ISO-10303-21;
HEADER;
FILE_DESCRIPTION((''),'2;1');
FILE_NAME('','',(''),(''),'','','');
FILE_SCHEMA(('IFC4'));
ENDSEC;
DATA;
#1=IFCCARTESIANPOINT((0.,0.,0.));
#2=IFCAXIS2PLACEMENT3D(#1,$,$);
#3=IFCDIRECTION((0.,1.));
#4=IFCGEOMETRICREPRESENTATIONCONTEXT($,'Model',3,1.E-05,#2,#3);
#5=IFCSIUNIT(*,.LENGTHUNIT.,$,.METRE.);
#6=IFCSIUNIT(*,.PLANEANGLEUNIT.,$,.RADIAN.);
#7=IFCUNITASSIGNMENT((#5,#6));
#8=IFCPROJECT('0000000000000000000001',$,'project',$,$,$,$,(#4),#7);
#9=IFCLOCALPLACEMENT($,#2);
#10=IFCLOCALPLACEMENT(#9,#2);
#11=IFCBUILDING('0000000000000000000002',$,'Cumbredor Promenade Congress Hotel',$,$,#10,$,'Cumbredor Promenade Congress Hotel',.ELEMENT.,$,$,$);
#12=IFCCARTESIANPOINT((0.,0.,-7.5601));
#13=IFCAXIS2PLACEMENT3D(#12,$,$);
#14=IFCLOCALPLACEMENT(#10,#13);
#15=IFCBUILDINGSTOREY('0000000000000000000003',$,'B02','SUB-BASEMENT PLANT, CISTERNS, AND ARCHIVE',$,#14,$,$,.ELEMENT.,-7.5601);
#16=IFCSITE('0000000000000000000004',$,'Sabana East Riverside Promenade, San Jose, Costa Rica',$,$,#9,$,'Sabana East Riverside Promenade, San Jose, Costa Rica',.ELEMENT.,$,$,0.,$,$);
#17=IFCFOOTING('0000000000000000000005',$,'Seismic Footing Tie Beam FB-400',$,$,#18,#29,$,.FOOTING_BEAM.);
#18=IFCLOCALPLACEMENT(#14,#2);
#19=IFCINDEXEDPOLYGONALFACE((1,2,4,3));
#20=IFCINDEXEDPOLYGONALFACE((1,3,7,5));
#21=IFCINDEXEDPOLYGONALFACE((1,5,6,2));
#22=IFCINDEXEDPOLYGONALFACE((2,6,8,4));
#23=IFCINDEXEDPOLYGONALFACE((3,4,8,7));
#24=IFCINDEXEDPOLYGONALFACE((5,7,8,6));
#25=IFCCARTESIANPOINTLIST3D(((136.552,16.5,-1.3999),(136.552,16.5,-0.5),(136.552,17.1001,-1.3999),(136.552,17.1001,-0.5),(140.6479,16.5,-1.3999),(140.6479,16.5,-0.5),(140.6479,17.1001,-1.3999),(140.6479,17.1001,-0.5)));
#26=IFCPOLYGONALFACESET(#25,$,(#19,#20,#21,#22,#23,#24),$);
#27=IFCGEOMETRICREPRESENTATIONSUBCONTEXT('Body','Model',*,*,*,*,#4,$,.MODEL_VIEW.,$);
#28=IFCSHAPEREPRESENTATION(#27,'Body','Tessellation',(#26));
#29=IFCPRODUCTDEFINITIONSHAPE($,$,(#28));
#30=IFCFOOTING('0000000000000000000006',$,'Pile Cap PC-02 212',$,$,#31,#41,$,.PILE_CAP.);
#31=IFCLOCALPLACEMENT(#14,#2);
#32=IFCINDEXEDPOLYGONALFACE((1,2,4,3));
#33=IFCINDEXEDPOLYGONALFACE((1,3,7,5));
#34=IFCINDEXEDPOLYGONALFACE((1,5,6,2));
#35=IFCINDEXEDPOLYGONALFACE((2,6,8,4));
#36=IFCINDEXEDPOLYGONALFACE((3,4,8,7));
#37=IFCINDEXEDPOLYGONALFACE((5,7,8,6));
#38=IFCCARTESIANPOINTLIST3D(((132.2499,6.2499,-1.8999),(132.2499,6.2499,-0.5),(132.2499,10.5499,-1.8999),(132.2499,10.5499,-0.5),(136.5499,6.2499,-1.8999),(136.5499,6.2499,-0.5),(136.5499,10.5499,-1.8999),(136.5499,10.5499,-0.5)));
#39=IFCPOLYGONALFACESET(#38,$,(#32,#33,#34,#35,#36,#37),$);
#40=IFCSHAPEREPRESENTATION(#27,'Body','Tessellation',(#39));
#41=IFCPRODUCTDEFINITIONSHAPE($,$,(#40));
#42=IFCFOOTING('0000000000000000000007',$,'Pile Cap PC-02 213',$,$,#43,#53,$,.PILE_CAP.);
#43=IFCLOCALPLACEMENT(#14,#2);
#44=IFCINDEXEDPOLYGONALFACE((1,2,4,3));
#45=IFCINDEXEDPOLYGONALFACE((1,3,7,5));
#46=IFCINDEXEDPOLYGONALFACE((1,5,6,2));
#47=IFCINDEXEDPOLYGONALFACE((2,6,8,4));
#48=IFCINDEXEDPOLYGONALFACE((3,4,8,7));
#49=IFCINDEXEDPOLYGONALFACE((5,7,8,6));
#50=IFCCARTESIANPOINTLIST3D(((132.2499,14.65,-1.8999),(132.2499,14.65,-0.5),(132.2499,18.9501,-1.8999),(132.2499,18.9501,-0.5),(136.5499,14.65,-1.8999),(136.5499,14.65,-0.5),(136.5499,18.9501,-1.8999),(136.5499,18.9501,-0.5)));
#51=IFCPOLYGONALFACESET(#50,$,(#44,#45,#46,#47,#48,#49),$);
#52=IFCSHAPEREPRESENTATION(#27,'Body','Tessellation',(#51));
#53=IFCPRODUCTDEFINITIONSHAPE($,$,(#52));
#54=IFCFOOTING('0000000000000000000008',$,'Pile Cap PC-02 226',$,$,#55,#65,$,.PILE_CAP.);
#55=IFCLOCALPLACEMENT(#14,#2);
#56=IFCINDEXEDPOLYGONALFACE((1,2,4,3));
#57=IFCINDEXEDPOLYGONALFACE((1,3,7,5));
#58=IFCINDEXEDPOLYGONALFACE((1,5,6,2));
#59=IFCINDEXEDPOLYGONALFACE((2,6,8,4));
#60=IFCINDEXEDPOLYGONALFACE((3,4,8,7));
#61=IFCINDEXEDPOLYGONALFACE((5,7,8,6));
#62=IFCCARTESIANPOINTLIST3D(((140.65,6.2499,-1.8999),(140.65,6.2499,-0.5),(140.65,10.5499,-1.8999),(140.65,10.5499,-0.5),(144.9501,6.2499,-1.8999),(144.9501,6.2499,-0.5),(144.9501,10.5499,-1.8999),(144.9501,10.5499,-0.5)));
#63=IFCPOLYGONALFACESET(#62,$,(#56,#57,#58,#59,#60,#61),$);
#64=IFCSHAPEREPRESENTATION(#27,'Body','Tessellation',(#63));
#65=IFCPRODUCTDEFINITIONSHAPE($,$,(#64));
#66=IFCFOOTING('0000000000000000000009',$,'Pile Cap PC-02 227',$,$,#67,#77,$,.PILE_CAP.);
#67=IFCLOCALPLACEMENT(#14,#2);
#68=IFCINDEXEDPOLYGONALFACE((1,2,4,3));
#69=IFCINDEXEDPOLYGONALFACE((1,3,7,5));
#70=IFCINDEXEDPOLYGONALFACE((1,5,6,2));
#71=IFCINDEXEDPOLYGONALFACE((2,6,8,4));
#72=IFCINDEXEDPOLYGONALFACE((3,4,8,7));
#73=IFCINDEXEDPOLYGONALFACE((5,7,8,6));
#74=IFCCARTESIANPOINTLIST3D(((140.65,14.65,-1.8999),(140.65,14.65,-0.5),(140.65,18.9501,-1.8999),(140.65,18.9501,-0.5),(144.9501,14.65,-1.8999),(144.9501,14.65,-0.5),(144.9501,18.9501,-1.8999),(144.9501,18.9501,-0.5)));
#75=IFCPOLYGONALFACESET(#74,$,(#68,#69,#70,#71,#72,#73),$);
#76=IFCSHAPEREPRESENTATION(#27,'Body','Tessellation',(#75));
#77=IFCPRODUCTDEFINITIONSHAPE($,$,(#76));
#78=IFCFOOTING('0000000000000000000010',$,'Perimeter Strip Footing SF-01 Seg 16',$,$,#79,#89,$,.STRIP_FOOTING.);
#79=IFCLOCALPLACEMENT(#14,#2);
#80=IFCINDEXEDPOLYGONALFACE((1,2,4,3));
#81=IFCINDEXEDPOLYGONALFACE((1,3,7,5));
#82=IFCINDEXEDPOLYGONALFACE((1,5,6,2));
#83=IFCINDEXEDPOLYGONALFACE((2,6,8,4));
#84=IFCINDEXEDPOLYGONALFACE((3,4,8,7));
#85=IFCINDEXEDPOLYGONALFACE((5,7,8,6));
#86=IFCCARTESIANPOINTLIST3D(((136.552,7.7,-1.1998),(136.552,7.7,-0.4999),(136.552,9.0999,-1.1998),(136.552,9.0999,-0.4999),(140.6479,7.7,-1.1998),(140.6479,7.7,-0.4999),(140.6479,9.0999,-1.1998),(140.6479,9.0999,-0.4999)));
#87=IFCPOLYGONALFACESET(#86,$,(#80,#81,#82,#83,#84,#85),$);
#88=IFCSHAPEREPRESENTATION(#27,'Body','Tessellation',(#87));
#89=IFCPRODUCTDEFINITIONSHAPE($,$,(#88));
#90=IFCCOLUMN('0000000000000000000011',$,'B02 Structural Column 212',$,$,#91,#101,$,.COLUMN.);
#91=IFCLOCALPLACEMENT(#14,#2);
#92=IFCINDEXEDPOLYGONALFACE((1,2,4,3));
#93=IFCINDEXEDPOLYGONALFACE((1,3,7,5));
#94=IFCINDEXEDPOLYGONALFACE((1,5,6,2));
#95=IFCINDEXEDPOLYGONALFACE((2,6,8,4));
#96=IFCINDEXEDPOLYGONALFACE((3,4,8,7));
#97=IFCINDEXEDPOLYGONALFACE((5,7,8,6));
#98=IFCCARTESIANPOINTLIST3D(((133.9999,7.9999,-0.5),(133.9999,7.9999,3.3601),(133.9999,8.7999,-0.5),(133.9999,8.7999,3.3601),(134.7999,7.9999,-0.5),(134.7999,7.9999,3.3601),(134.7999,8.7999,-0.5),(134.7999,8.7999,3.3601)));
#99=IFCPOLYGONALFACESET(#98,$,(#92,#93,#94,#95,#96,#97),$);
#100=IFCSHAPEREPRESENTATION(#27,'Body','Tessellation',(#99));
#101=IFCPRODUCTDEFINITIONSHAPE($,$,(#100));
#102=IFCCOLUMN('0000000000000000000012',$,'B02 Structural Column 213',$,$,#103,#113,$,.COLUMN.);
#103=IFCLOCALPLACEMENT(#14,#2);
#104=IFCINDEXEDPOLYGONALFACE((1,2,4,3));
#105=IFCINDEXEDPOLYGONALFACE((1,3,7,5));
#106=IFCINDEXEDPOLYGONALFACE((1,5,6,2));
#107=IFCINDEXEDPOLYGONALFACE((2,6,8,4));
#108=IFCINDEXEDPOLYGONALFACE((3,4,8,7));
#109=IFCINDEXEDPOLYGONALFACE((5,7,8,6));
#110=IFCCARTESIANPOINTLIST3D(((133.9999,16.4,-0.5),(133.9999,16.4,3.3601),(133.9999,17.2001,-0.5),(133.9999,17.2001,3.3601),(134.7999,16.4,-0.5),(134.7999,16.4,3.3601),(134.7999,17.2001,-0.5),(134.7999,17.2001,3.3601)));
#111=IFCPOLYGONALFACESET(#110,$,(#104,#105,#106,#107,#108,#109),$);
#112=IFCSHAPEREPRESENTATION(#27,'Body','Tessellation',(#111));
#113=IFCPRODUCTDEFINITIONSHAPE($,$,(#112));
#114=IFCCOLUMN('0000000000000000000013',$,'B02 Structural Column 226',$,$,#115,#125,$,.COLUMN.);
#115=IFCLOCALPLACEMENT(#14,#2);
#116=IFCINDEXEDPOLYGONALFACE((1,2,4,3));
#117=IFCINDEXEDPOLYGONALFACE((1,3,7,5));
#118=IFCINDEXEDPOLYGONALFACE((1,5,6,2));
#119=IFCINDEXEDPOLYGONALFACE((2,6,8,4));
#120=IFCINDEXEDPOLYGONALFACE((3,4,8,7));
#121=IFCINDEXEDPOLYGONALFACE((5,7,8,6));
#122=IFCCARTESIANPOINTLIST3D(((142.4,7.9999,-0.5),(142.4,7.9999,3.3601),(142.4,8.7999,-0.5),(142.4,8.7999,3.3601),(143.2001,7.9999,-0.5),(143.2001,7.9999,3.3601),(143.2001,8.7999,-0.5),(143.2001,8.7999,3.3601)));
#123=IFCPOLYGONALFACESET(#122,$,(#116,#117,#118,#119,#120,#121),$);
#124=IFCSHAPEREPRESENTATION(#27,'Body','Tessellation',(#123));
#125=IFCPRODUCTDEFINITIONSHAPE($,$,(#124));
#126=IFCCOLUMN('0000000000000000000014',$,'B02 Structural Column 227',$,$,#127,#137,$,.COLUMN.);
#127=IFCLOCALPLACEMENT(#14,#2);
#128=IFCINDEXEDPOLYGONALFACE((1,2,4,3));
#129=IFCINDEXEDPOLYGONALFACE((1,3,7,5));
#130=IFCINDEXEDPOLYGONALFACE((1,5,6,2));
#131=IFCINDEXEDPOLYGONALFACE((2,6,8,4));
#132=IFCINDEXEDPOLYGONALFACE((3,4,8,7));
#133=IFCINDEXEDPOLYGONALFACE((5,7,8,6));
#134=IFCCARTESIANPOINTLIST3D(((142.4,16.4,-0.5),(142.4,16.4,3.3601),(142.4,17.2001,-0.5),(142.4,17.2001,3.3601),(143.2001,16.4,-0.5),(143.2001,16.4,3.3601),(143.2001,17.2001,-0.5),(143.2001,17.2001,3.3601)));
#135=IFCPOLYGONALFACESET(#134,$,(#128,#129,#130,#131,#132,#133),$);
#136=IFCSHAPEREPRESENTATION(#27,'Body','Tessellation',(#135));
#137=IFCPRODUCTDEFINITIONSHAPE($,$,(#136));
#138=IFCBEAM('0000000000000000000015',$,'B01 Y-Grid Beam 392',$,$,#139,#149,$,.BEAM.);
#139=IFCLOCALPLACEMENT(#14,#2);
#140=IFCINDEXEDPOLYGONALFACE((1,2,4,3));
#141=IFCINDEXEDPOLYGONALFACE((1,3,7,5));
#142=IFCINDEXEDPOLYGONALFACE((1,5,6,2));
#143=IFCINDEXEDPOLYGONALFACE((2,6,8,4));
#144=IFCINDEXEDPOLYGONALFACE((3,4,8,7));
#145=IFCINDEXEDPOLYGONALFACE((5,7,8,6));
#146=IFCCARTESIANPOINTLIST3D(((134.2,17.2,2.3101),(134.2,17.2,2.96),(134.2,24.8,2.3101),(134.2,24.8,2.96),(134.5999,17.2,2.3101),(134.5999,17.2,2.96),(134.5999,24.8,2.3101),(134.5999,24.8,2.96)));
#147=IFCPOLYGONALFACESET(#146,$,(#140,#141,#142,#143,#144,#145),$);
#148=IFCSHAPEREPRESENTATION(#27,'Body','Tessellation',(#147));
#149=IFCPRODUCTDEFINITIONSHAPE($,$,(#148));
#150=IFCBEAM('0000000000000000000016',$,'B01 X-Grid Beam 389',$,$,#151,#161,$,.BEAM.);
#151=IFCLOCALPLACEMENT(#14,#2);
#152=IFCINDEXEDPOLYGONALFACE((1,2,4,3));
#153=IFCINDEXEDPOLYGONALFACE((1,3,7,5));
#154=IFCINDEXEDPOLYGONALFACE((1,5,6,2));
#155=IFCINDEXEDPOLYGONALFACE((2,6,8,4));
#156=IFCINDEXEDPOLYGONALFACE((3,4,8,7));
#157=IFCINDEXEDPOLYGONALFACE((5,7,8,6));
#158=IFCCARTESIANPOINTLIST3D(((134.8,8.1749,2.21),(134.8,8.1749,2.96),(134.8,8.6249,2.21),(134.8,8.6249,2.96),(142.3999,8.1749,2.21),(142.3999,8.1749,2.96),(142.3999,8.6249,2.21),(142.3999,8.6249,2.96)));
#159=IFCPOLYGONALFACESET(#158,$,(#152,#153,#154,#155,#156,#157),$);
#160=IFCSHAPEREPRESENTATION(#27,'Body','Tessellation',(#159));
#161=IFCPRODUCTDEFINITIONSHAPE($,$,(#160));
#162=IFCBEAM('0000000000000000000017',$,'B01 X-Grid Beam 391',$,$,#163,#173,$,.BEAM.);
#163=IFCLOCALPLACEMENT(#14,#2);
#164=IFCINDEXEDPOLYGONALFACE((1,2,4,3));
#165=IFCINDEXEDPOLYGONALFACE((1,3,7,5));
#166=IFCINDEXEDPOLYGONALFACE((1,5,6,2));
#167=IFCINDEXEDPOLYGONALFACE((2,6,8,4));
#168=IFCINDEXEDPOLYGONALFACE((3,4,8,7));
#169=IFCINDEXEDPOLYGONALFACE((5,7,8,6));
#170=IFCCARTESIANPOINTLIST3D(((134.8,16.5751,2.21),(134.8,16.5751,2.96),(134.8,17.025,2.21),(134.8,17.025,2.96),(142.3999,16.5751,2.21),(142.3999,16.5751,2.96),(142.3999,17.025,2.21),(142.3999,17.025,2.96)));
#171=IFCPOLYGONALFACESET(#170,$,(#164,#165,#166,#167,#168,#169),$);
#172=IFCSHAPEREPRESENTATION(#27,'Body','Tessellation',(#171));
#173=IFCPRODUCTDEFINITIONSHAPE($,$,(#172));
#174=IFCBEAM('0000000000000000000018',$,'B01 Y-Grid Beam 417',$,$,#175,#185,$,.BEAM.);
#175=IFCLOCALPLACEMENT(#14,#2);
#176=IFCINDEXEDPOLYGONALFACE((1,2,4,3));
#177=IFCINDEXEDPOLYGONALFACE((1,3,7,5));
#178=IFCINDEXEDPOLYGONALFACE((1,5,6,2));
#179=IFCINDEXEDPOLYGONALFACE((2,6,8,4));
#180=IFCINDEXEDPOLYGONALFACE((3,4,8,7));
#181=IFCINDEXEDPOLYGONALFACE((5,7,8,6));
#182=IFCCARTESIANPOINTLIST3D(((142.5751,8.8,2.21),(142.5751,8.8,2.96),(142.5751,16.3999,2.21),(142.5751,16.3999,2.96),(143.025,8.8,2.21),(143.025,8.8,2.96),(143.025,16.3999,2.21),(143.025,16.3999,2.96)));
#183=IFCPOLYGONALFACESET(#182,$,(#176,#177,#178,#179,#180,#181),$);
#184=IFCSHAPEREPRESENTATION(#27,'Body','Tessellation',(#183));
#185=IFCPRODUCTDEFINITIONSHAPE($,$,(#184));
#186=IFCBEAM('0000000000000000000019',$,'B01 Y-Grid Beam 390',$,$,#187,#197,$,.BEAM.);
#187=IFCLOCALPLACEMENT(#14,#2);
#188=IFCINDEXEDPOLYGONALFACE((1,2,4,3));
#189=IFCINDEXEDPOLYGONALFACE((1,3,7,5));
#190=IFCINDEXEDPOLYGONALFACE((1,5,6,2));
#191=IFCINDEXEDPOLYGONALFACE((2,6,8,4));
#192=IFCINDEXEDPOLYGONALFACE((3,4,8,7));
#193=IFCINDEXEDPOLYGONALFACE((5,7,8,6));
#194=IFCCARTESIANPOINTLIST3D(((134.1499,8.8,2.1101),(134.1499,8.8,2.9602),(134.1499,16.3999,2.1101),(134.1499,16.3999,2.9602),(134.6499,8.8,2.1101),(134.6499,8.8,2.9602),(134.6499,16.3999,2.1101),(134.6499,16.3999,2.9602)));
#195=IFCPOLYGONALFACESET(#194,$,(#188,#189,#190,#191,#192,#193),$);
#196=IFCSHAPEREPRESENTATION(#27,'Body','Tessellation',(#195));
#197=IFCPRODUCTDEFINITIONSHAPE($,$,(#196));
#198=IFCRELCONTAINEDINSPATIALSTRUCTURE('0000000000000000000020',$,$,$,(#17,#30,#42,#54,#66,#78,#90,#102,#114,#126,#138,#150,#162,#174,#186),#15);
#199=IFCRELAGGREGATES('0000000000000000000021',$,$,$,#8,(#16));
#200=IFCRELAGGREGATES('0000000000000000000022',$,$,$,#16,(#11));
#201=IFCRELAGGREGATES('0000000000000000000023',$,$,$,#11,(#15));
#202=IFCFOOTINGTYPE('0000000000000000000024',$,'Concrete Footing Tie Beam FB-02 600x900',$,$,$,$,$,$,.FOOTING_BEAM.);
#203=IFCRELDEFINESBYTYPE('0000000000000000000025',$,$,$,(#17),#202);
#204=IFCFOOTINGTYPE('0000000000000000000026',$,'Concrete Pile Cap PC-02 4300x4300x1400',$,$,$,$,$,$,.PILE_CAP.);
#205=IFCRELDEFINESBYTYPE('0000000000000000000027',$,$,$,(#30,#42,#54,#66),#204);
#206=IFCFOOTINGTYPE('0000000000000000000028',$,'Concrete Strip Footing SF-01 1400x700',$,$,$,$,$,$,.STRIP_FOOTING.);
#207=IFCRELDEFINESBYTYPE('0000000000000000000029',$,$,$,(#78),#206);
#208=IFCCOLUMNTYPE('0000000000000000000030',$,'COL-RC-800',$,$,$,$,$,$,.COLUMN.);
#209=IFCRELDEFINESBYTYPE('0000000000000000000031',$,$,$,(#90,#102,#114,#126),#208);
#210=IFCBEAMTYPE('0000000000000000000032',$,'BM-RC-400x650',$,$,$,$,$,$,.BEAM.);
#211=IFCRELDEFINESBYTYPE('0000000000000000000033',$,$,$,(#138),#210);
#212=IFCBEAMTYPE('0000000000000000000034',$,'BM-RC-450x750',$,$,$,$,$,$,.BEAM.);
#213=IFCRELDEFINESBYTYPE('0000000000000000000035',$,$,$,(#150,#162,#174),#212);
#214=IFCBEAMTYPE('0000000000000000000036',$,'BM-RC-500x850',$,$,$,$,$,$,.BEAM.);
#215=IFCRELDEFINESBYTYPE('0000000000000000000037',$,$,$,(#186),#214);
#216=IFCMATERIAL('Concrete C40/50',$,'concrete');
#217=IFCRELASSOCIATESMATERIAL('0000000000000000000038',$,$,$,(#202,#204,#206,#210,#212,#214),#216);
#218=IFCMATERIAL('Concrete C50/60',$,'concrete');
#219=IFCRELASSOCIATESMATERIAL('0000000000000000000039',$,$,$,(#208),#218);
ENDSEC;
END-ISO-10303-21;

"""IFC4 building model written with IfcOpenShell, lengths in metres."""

from ifc_helpers import new_model, si_unit, direction, frame, origin, origin_2d, place, context, subcontext, project, spatial, rectangle, extrude, material, material_profile, profile_set, type_object, element, save


model = new_model("IFC4")

# Units and contexts
model_context = context("Model", 3, precision=1e-05, world=origin(), true_north=direction((0.0, 1.0)))
body_context = subcontext(model_context, "Body", "Model", "MODEL_VIEW")
ifc_project = project(units=[si_unit("LENGTHUNIT", "METRE"), si_unit("PLANEANGLEUNIT", "RADIAN")], contexts=[model_context])

# Site, building, storey
site_placement = place(None, origin())
site = spatial("IfcSite", under=ifc_project, at=site_placement, Name="Sabana East Riverside Promenade, San Jose, Costa Rica", LongName="Sabana East Riverside Promenade, San Jose, Costa Rica", CompositionType="ELEMENT", RefElevation=0.0)
building_placement = place(site_placement, origin())
building = spatial("IfcBuilding", under=site, at=building_placement, Name="Cumbredor Promenade Congress Hotel", LongName="Cumbredor Promenade Congress Hotel", CompositionType="ELEMENT")
storey_placement = place(building_placement, frame((0.0, 0.0, -7.5601)))
storey = spatial("IfcBuildingStorey", under=building, at=storey_placement, Name="B02", Description="SUB-BASEMENT PLANT, CISTERNS, AND ARCHIVE", CompositionType="ELEMENT", Elevation=-7.5601)

# Shared definitions
ifc_material_1 = material(Name="Concrete C40/50", Category="concrete")

# Footings
ifc_material_profile_1 = material_profile(ifc_material_1, rectangle(XDim=0.6001, YDim=0.8999, at=origin_2d()), Name="FB 600x900")
ifc_profile_set_1 = profile_set([ifc_material_profile_1], Name="Concrete C40/50")
footing_type_1 = type_object("IfcFootingType", Name="Concrete Footing Tie Beam FB-02 600x900", PredefinedType="FOOTING_BEAM", material=ifc_profile_set_1)
footing_1_placement = place(storey_placement, frame((136.552, 16.8, -0.95), z_axis=(1.0, 0.0, 0.0), x_axis=(0.0, 1.0, 0.0)))
element("IfcFooting", 1, at=footing_1_placement, inside=storey, type_object=footing_type_1, Name="Seismic Footing Tie Beam FB-400", PredefinedType="FOOTING_BEAM", context=body_context, shape_type="SweptSolid", body=[
    extrude(rectangle(XDim=0.6001, YDim=0.8999, at=origin_2d()), origin(), (0.0, 0.0, 1.0), 4.0959),
])
footing_type_2 = type_object("IfcFootingType", Name="Concrete Pile Cap PC-02 4300x4300x1400", PredefinedType="PILE_CAP", material=ifc_material_1)
for number, where, z_axis, x_axis, name in (
    (2, (134.3999, 8.3999, -1.8999), (0.0, 0.0, 1.0), (1.0, 0.0, 0.0), "Pile Cap PC-02 212"),
    (3, (134.3999, 16.8, -1.8999), (0.0, 0.0, 1.0), (1.0, 0.0, 0.0), "Pile Cap PC-02 213"),
    (4, (142.8, 8.3999, -1.8999), (0.0, 0.0, 1.0), (1.0, 0.0, 0.0), "Pile Cap PC-02 226"),
    (5, (142.8, 16.8, -1.8999), (0.0, 0.0, 1.0), (1.0, 0.0, 0.0), "Pile Cap PC-02 227"),
):
    element("IfcFooting", number, at=place(storey_placement, frame(where, z_axis=z_axis, x_axis=x_axis)), inside=storey, type_object=footing_type_2, Name=name, PredefinedType="PILE_CAP", context=body_context, shape_type="SweptSolid", body=[
        extrude(rectangle(XDim=4.3, YDim=4.3, at=origin_2d()), origin(), (0.0, 0.0, 1.0), 1.3999),
    ])
ifc_material_profile_2 = material_profile(ifc_material_1, rectangle(XDim=1.3999, YDim=0.7, at=origin_2d()), Name="SF 1400x700")
ifc_profile_set_2 = profile_set([ifc_material_profile_2], Name="Concrete C40/50")
footing_type_3 = type_object("IfcFootingType", Name="Concrete Strip Footing SF-01 1400x700", PredefinedType="STRIP_FOOTING", material=ifc_profile_set_2)
footing_2_placement = place(storey_placement, frame((136.552, 8.3999, -0.8499), z_axis=(1.0, 0.0, 0.0), x_axis=(0.0, 1.0, 0.0)))
element("IfcFooting", 6, at=footing_2_placement, inside=storey, type_object=footing_type_3, Name="Perimeter Strip Footing SF-01 Seg 16", PredefinedType="STRIP_FOOTING", context=body_context, shape_type="SweptSolid", body=[
    extrude(rectangle(XDim=1.3999, YDim=0.7, at=origin_2d()), origin(), (0.0, 0.0, 1.0), 4.0959),
])

# Columns
ifc_material_2 = material(Name="Concrete C50/60", Category="concrete")
ifc_material_profile_3 = material_profile(ifc_material_2, rectangle(XDim=0.8, YDim=0.8, at=origin_2d()), Name="RC 800x800")
ifc_profile_set_3 = profile_set([ifc_material_profile_3], Name="Concrete C50/60")
column_type = type_object("IfcColumnType", Name="COL-RC-800", PredefinedType="COLUMN", material=ifc_profile_set_3)
for number, where, z_axis, x_axis, name in (
    (7, (134.3999, 8.3999, -0.5), (0.0, 0.0, 1.0), (1.0, 0.0, 0.0), "B02 Structural Column 212"),
    (8, (134.3999, 16.8, -0.5), (0.0, 0.0, 1.0), (1.0, 0.0, 0.0), "B02 Structural Column 213"),
    (9, (142.8, 8.3999, -0.5), (0.0, 0.0, 1.0), (1.0, 0.0, 0.0), "B02 Structural Column 226"),
    (10, (142.8, 16.8, -0.5), (0.0, 0.0, 1.0), (1.0, 0.0, 0.0), "B02 Structural Column 227"),
):
    element("IfcColumn", number, at=place(storey_placement, frame(where, z_axis=z_axis, x_axis=x_axis)), inside=storey, type_object=column_type, Name=name, PredefinedType="COLUMN", context=body_context, shape_type="SweptSolid", body=[
        extrude(rectangle(XDim=0.8, YDim=0.8, at=origin_2d()), origin(), (0.0, 0.0, 1.0), 3.8601),
    ])

# Beams
ifc_material_profile_4 = material_profile(ifc_material_1, rectangle(XDim=0.3999, YDim=0.6499, at=origin_2d()), Name="RC BEAM 400x650")
ifc_profile_set_4 = profile_set([ifc_material_profile_4], Name="Concrete C40/50")
beam_type_1 = type_object("IfcBeamType", Name="BM-RC-400x650", PredefinedType="BEAM", material=ifc_profile_set_4)
beam_1_placement = place(storey_placement, frame((134.3999, 17.2, 2.635), z_axis=(0.0, 1.0, 0.0), x_axis=(-1.0, 0.0, 0.0)))
element("IfcBeam", 11, at=beam_1_placement, inside=storey, type_object=beam_type_1, Name="B01 Y-Grid Beam 392", PredefinedType="BEAM", context=body_context, shape_type="SweptSolid", body=[
    extrude(rectangle(XDim=0.3999, YDim=0.6499, at=origin_2d()), origin(), (0.0, 0.0, 1.0), 7.6001),
])
ifc_material_profile_5 = material_profile(ifc_material_1, rectangle(XDim=0.45, YDim=0.75, at=origin_2d()), Name="RC BEAM 450x750")
ifc_profile_set_5 = profile_set([ifc_material_profile_5], Name="Concrete C40/50")
beam_type_2 = type_object("IfcBeamType", Name="BM-RC-450x750", PredefinedType="BEAM", material=ifc_profile_set_5)
for number, where, z_axis, x_axis, name in (
    (12, (134.8, 8.3999, 2.585), (1.0, 0.0, 0.0), (0.0, 1.0, 0.0), "B01 X-Grid Beam 389"),
    (13, (134.8, 16.8, 2.585), (1.0, 0.0, 0.0), (0.0, 1.0, 0.0), "B01 X-Grid Beam 391"),
    (14, (142.8, 8.8, 2.585), (0.0, 1.0, 0.0), (-1.0, 0.0, 0.0), "B01 Y-Grid Beam 417"),
):
    element("IfcBeam", number, at=place(storey_placement, frame(where, z_axis=z_axis, x_axis=x_axis)), inside=storey, type_object=beam_type_2, Name=name, PredefinedType="BEAM", context=body_context, shape_type="SweptSolid", body=[
        extrude(rectangle(XDim=0.45, YDim=0.75, at=origin_2d()), origin(), (0.0, 0.0, 1.0), 7.5999),
    ])
ifc_material_profile_6 = material_profile(ifc_material_1, rectangle(XDim=0.5, YDim=0.8501, at=origin_2d()), Name="RC BEAM 500x850")
ifc_profile_set_6 = profile_set([ifc_material_profile_6], Name="Concrete C40/50")
beam_type_3 = type_object("IfcBeamType", Name="BM-RC-500x850", PredefinedType="BEAM", material=ifc_profile_set_6)
beam_2_placement = place(storey_placement, frame((134.3999, 8.8, 2.5352), z_axis=(0.0, 1.0, 0.0), x_axis=(-1.0, 0.0, 0.0)))
element("IfcBeam", 15, at=beam_2_placement, inside=storey, type_object=beam_type_3, Name="B01 Y-Grid Beam 390", PredefinedType="BEAM", context=body_context, shape_type="SweptSolid", body=[
    extrude(rectangle(XDim=0.5, YDim=0.8501, at=origin_2d()), origin(), (0.0, 0.0, 1.0), 7.5999),
])

save(model, "model.ifc")
